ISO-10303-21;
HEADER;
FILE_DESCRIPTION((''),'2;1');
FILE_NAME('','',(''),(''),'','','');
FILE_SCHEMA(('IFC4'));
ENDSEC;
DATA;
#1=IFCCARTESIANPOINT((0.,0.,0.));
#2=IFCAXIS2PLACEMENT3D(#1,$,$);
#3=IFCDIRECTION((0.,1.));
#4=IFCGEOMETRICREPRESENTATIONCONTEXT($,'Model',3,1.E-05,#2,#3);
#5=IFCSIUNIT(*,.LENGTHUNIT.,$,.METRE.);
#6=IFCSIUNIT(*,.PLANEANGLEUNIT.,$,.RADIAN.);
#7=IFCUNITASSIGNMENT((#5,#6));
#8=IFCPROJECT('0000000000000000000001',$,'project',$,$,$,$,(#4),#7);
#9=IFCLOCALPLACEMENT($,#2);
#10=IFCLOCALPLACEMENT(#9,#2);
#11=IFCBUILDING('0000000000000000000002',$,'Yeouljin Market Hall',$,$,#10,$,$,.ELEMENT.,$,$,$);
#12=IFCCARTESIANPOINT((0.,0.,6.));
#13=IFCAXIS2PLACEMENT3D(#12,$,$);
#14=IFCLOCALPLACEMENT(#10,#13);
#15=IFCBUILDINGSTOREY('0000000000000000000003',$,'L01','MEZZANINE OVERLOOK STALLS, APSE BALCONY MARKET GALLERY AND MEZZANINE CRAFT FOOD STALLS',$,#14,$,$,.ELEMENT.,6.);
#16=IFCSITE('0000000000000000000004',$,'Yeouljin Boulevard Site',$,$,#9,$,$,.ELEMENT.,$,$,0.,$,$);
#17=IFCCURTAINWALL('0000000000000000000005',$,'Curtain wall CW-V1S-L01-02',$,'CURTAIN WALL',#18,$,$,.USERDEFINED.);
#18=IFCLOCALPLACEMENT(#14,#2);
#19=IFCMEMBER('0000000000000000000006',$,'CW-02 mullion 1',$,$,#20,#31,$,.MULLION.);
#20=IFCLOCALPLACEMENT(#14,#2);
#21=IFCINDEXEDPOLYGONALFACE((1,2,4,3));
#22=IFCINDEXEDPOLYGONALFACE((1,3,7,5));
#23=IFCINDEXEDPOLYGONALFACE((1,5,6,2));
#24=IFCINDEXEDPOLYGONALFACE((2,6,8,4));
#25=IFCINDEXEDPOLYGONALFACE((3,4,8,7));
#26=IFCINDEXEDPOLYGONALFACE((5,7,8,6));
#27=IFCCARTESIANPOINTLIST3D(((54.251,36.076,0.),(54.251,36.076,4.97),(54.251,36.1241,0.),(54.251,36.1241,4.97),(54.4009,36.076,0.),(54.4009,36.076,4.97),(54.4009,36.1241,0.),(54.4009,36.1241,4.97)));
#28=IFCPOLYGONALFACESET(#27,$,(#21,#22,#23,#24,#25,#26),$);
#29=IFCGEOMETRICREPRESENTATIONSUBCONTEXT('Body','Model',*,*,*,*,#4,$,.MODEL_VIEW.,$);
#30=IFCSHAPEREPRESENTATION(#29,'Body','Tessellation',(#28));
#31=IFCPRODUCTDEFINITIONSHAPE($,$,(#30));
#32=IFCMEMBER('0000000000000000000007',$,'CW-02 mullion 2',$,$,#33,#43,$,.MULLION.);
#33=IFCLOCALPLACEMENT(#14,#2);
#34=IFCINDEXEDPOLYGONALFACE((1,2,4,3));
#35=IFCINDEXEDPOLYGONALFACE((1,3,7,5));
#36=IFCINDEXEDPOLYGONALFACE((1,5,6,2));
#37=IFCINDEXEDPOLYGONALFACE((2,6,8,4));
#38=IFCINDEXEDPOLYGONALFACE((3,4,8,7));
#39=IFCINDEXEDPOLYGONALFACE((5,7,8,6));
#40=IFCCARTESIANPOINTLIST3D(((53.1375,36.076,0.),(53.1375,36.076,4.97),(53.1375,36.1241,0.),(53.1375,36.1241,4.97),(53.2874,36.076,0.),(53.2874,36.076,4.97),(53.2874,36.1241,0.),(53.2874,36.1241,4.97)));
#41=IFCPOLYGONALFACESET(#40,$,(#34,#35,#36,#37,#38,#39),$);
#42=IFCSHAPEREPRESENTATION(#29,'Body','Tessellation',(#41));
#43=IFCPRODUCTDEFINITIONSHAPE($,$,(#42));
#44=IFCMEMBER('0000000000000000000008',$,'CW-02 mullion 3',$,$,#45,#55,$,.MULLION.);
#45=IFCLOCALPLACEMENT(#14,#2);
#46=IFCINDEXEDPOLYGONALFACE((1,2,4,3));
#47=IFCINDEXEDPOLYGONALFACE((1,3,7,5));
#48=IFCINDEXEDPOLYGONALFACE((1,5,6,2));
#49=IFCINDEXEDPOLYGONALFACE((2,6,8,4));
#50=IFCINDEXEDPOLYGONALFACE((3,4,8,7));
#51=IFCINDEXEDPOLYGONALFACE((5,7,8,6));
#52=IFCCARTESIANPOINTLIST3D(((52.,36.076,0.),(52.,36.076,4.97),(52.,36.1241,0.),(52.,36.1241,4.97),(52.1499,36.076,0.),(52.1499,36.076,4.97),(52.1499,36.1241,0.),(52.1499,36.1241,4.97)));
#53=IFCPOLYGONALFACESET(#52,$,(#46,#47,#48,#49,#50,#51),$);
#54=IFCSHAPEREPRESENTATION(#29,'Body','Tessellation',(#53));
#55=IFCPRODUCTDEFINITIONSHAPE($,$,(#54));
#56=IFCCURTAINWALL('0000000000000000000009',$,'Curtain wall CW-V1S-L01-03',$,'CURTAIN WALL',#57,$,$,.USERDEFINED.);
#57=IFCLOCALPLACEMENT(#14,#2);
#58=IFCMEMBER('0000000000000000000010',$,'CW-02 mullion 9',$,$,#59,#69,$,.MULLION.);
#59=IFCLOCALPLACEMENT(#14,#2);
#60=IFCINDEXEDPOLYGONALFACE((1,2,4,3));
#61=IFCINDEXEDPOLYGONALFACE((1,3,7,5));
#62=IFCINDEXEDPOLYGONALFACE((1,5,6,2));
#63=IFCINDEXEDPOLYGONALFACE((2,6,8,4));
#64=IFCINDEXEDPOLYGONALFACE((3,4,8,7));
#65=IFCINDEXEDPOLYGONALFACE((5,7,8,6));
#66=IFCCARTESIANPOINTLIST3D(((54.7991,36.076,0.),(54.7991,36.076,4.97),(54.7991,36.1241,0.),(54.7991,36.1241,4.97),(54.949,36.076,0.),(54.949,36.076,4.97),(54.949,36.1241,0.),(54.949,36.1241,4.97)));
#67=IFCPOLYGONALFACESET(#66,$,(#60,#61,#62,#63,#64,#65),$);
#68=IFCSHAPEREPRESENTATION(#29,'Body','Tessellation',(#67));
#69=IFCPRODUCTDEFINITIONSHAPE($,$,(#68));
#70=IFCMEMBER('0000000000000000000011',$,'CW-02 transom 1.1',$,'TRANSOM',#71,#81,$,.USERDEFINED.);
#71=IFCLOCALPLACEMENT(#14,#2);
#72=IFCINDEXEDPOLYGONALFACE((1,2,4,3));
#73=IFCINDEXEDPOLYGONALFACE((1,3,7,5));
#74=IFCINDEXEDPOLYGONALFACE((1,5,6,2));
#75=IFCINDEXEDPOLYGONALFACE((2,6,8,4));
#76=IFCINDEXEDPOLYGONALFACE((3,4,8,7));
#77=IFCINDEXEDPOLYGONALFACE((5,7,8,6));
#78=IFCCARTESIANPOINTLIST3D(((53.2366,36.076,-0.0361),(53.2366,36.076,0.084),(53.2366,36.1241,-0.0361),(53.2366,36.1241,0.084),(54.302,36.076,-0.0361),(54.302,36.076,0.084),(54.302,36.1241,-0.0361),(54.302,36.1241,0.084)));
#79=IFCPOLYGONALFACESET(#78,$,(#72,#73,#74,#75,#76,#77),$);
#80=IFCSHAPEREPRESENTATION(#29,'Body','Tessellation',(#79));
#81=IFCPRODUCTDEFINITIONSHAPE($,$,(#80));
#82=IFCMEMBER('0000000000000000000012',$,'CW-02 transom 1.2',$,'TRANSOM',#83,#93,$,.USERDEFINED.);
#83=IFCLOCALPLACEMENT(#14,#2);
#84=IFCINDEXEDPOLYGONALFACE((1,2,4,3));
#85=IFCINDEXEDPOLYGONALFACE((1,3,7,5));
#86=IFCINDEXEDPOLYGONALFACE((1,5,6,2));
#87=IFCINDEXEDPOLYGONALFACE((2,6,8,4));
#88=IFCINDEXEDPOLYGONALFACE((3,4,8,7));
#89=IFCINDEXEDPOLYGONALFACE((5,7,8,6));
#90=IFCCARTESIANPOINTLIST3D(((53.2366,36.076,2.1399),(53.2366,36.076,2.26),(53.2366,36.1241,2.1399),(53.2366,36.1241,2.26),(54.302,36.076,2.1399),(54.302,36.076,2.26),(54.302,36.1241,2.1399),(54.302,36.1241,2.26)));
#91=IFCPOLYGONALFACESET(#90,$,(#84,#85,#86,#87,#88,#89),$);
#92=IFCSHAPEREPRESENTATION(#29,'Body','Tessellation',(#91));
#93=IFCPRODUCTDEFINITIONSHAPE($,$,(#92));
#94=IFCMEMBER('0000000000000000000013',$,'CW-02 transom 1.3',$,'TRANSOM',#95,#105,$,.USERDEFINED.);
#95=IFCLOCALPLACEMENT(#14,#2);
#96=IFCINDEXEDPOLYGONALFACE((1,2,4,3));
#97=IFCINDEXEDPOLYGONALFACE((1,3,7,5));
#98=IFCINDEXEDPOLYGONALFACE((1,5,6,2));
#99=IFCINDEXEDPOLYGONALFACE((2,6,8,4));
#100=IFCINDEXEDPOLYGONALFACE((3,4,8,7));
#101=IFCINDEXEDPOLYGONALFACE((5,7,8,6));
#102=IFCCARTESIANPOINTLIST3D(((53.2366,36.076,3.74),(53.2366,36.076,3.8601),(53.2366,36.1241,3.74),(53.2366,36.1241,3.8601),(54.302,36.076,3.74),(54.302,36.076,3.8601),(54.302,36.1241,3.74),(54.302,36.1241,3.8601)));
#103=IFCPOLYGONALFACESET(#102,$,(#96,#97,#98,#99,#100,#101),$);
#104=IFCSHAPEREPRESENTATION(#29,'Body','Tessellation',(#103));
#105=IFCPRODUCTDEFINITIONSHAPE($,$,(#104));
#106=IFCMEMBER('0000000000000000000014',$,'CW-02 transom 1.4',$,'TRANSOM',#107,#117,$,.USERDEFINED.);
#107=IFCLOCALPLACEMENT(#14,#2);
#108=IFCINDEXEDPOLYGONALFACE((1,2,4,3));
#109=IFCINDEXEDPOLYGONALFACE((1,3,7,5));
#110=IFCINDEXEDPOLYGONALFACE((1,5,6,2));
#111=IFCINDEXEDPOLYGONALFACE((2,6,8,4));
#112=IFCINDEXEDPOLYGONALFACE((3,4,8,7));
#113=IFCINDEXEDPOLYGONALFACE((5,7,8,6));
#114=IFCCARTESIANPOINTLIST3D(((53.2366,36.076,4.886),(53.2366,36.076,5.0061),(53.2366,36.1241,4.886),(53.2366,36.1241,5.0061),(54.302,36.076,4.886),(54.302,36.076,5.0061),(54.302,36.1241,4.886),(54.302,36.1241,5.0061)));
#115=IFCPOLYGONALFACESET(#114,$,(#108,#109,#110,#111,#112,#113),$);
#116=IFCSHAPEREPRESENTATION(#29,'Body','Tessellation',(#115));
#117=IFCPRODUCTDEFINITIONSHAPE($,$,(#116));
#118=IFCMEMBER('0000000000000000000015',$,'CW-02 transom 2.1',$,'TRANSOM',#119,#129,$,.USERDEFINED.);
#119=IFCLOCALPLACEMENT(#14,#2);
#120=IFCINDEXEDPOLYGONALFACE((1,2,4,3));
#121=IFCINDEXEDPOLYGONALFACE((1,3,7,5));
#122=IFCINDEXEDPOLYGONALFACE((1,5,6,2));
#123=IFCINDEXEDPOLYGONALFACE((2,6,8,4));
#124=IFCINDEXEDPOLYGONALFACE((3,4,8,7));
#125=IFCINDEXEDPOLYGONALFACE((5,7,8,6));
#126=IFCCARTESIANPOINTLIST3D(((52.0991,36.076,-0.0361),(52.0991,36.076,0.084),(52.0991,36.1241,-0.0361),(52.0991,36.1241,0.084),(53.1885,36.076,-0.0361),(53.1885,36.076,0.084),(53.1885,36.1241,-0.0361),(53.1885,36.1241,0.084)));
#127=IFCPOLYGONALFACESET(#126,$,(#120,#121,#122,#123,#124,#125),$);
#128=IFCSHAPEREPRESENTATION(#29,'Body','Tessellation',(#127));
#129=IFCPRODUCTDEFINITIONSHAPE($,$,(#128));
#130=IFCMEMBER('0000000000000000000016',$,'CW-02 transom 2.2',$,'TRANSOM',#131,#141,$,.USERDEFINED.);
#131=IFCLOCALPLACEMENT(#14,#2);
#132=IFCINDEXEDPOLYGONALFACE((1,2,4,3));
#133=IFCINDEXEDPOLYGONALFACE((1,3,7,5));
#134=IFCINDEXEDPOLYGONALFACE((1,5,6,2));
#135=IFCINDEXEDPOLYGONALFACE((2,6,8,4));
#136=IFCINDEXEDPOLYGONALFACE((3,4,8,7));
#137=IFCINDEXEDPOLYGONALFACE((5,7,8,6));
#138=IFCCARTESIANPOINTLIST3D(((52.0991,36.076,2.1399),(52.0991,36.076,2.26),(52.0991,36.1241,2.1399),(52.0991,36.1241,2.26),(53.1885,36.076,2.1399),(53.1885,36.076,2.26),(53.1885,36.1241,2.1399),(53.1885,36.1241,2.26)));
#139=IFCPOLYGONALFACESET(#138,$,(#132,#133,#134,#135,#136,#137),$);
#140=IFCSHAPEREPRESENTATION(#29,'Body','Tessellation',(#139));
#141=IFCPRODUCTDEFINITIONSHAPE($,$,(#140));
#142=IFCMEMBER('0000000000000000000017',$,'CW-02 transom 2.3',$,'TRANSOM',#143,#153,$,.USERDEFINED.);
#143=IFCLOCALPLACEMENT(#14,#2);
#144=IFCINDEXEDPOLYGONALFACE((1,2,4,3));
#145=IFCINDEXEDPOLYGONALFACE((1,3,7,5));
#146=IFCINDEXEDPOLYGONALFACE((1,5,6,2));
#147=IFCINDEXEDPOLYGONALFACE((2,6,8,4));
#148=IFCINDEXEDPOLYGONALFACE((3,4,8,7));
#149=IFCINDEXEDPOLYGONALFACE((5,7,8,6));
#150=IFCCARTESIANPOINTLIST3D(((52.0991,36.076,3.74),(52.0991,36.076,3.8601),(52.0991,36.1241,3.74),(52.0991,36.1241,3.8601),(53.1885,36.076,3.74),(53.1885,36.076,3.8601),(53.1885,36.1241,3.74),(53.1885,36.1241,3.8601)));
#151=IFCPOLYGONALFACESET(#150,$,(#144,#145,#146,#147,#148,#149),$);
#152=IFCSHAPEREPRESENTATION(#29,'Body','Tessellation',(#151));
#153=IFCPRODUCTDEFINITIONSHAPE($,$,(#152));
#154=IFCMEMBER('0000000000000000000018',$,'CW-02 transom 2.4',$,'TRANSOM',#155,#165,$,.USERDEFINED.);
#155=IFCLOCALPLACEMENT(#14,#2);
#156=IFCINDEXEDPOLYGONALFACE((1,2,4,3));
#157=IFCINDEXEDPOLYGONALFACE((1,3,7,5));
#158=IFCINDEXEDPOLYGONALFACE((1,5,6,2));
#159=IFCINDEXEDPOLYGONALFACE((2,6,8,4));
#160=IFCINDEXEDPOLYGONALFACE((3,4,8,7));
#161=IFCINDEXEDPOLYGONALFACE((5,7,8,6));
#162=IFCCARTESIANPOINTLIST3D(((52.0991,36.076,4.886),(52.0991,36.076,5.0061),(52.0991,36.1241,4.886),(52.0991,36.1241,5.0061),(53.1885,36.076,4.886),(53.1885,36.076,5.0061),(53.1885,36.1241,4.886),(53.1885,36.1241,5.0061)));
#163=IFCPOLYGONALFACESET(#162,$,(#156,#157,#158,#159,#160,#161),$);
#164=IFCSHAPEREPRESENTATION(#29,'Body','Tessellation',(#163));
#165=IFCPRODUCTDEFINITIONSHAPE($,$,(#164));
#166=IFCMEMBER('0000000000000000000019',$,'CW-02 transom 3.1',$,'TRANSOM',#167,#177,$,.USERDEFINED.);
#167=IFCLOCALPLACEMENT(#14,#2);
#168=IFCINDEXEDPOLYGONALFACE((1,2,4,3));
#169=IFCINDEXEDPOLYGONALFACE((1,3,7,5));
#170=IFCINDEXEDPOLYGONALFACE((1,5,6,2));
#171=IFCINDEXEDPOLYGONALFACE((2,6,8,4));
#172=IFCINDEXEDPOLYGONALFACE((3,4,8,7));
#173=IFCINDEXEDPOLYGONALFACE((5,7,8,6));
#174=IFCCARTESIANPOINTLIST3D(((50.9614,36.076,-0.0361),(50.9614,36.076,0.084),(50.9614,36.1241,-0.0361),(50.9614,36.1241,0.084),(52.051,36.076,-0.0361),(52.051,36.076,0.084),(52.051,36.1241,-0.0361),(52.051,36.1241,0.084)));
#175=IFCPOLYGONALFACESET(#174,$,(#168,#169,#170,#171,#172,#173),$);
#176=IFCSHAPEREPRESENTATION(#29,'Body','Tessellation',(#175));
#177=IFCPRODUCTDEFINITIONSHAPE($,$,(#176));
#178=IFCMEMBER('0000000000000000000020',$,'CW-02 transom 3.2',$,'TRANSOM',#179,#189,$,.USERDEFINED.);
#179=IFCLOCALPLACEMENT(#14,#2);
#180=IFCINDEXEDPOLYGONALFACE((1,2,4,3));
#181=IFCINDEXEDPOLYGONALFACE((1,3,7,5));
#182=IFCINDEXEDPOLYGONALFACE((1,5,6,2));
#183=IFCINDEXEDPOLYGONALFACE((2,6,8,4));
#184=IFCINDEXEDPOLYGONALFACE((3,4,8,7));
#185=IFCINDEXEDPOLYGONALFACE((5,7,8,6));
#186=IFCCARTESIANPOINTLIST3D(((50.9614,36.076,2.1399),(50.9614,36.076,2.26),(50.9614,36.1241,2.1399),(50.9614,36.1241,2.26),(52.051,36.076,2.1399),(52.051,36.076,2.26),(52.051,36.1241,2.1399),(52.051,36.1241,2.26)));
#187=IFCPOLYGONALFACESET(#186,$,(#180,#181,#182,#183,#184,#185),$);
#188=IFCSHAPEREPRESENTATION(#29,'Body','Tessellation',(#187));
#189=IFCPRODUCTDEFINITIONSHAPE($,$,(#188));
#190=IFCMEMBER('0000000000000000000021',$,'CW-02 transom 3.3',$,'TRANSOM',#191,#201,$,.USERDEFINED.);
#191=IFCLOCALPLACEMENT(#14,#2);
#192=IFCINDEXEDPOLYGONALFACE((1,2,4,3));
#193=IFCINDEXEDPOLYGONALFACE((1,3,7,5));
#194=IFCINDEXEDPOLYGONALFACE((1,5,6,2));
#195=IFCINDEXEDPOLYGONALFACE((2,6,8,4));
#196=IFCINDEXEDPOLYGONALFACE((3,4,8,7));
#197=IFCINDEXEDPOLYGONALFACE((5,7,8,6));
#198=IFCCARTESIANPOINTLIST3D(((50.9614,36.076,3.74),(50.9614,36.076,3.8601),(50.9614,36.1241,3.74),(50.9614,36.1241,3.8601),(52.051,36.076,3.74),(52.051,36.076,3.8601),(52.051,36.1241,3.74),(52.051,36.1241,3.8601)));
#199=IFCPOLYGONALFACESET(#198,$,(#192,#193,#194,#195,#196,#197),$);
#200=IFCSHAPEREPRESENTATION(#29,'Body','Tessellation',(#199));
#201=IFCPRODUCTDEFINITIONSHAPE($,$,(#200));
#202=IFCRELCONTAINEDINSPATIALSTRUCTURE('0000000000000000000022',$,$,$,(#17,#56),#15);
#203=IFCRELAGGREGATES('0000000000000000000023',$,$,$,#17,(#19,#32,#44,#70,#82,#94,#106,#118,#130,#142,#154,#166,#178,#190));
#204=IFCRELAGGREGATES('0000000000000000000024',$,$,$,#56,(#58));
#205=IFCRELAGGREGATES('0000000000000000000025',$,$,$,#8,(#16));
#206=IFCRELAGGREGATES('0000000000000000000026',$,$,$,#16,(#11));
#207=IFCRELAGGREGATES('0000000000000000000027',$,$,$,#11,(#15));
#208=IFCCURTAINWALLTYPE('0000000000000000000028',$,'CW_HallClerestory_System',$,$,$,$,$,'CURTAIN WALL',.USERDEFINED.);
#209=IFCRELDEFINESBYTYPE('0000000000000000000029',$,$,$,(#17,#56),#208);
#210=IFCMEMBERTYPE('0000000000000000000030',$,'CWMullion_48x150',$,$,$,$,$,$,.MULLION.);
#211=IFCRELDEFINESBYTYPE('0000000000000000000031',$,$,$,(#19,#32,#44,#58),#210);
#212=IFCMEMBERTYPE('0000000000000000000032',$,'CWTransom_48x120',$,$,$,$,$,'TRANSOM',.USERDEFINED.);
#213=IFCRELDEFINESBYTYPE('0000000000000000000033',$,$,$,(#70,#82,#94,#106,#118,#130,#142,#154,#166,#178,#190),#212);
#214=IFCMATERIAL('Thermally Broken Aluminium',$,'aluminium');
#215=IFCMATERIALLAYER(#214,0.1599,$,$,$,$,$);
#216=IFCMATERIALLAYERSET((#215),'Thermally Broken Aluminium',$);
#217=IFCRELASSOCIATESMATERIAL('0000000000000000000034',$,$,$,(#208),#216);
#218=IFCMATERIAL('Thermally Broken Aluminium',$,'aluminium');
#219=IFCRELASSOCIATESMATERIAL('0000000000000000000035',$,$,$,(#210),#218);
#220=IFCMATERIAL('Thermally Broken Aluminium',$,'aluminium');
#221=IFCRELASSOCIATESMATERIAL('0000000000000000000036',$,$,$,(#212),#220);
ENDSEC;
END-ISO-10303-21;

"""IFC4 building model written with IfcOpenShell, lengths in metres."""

from ifc_helpers import new_model, si_unit, direction, frame, origin, origin_2d, place, context, subcontext, project, spatial, rectangle, extrude, material, layer, layer_set, material_profile, profile_set, type_object, element, aggregate, save


model = new_model("IFC4")

# Units and contexts
model_context = context("Model", 3, precision=1e-05, world=origin(), true_north=direction((0.0, 1.0)))
body_context = subcontext(model_context, "Body", "Model", "MODEL_VIEW")
ifc_project = project(units=[si_unit("LENGTHUNIT", "METRE"), si_unit("PLANEANGLEUNIT", "RADIAN")], contexts=[model_context])

# Site, building, storey
site_placement = place(None, origin())
site = spatial("IfcSite", under=ifc_project, at=site_placement, Name="Yeouljin Boulevard Site", CompositionType="ELEMENT", RefElevation=0.0)
building_placement = place(site_placement, origin())
building = spatial("IfcBuilding", under=site, at=building_placement, Name="Yeouljin Market Hall", CompositionType="ELEMENT")
storey_placement = place(building_placement, frame((0.0, 0.0, 6.0)))
storey = spatial("IfcBuildingStorey", under=building, at=storey_placement, Name="L01", Description="MEZZANINE OVERLOOK STALLS, APSE BALCONY MARKET GALLERY AND MEZZANINE CRAFT FOOD STALLS", CompositionType="ELEMENT", Elevation=6.0)

# Curtain wall, members
ifc_material_1 = material(Name="Thermally Broken Aluminium", Category="aluminium")
ifc_layer_1 = layer(ifc_material_1, 0.1599)
ifc_layer_set_1 = layer_set([ifc_layer_1], Name="Thermally Broken Aluminium")
curtain_wall_type = type_object("IfcCurtainWallType", Name="CW_HallClerestory_System", ElementType="CURTAIN WALL", PredefinedType="USERDEFINED", material=ifc_layer_set_1)
curtain_wall_1_placement = place(storey_placement, origin())
curtain_wall_1 = element("IfcCurtainWall", 1, at=curtain_wall_1_placement, inside=storey, type_object=curtain_wall_type, Name="Curtain wall CW-V1S-L01-02", ObjectType="CURTAIN WALL", PredefinedType="USERDEFINED")
ifc_material_2 = material(Name="Thermally Broken Aluminium", Category="aluminium")
ifc_material_profile_1 = material_profile(ifc_material_2, rectangle(XDim=0.0481, YDim=0.1499, at=origin_2d()), Name="CW-MULL-48x150")
ifc_profile_set_1 = profile_set([ifc_material_profile_1], Name="Thermally Broken Aluminium")
member_type_1 = type_object("IfcMemberType", Name="CWMullion_48x150", PredefinedType="MULLION", material=ifc_profile_set_1)
member_1_placement = place(storey_placement, frame((54.3259, 36.1001, 0.0), z_axis=(0.0, 0.0, 1.0), x_axis=(0.0, -1.0, 0.0)))
member_1 = element("IfcMember", 2, at=member_1_placement, type_object=member_type_1, Name="CW-02 mullion 1", PredefinedType="MULLION", context=body_context, shape_type="SweptSolid", body=[
    extrude(rectangle(XDim=0.0481, YDim=0.1499, at=origin_2d()), origin(), (0.0, 0.0, 1.0), 4.97),
])
member_2_placement = place(storey_placement, frame((53.2124, 36.1001, 0.0), z_axis=(0.0, 0.0, 1.0), x_axis=(0.0, -1.0, 0.0)))
member_2 = element("IfcMember", 3, at=member_2_placement, type_object=member_type_1, Name="CW-02 mullion 2", PredefinedType="MULLION", context=body_context, shape_type="SweptSolid", body=[
    extrude(rectangle(XDim=0.0481, YDim=0.1499, at=origin_2d()), origin(), (0.0, 0.0, 1.0), 4.97),
])
member_3_placement = place(storey_placement, frame((52.075, 36.1001, 0.0), z_axis=(0.0, 0.0, 1.0), x_axis=(0.0, -1.0, 0.0)))
member_3 = element("IfcMember", 4, at=member_3_placement, type_object=member_type_1, Name="CW-02 mullion 3", PredefinedType="MULLION", context=body_context, shape_type="SweptSolid", body=[
    extrude(rectangle(XDim=0.0481, YDim=0.1499, at=origin_2d()), origin(), (0.0, 0.0, 1.0), 4.97),
])

# Curtain wall, member
curtain_wall_2_placement = place(storey_placement, origin())
curtain_wall_2 = element("IfcCurtainWall", 5, at=curtain_wall_2_placement, inside=storey, type_object=curtain_wall_type, Name="Curtain wall CW-V1S-L01-03", ObjectType="CURTAIN WALL", PredefinedType="USERDEFINED")
member_4_placement = place(storey_placement, frame((54.874, 36.1001, 0.0), z_axis=(0.0, 0.0, 1.0), x_axis=(0.0, -1.0, 0.0)))
member_4 = element("IfcMember", 6, at=member_4_placement, type_object=member_type_1, Name="CW-02 mullion 9", PredefinedType="MULLION", context=body_context, shape_type="SweptSolid", body=[
    extrude(rectangle(XDim=0.0481, YDim=0.1499, at=origin_2d()), origin(), (0.0, 0.0, 1.0), 4.97),
])

# Members
ifc_material_3 = material(Name="Thermally Broken Aluminium", Category="aluminium")
ifc_material_profile_2 = material_profile(ifc_material_3, rectangle(XDim=0.0481, YDim=0.1201, at=origin_2d()), Name="CW-TRAN-48x120")
ifc_profile_set_2 = profile_set([ifc_material_profile_2], Name="Thermally Broken Aluminium")
member_type_2 = type_object("IfcMemberType", Name="CWTransom_48x120", ElementType="TRANSOM", PredefinedType="USERDEFINED", material=ifc_profile_set_2)
member_5_placement = place(storey_placement, frame((54.302, 36.1001, 0.0239), z_axis=(-1.0, 0.0, 0.0), x_axis=(0.0, -1.0, 0.0)))
member_5 = element("IfcMember", 7, at=member_5_placement, type_object=member_type_2, Name="CW-02 transom 1.1", ObjectType="TRANSOM", PredefinedType="USERDEFINED", context=body_context, shape_type="SweptSolid", body=[
    extrude(rectangle(XDim=0.0481, YDim=0.1201, at=origin_2d()), origin(), (0.0, 0.0, 1.0), 1.0654),
])
member_6_placement = place(storey_placement, frame((54.302, 36.1001, 2.2), z_axis=(-1.0, 0.0, 0.0), x_axis=(0.0, -1.0, 0.0)))
member_6 = element("IfcMember", 8, at=member_6_placement, type_object=member_type_2, Name="CW-02 transom 1.2", ObjectType="TRANSOM", PredefinedType="USERDEFINED", context=body_context, shape_type="SweptSolid", body=[
    extrude(rectangle(XDim=0.0481, YDim=0.1201, at=origin_2d()), origin(), (0.0, 0.0, 1.0), 1.0654),
])
member_7_placement = place(storey_placement, frame((54.302, 36.1001, 3.8), z_axis=(-1.0, 0.0, 0.0), x_axis=(0.0, -1.0, 0.0)))
member_7 = element("IfcMember", 9, at=member_7_placement, type_object=member_type_2, Name="CW-02 transom 1.3", ObjectType="TRANSOM", PredefinedType="USERDEFINED", context=body_context, shape_type="SweptSolid", body=[
    extrude(rectangle(XDim=0.0481, YDim=0.1201, at=origin_2d()), origin(), (0.0, 0.0, 1.0), 1.0654),
])
member_8_placement = place(storey_placement, frame((54.302, 36.1001, 4.946), z_axis=(-1.0, 0.0, 0.0), x_axis=(0.0, -1.0, 0.0)))
member_8 = element("IfcMember", 10, at=member_8_placement, type_object=member_type_2, Name="CW-02 transom 1.4", ObjectType="TRANSOM", PredefinedType="USERDEFINED", context=body_context, shape_type="SweptSolid", body=[
    extrude(rectangle(XDim=0.0481, YDim=0.1201, at=origin_2d()), origin(), (0.0, 0.0, 1.0), 1.0654),
])
member_9_placement = place(storey_placement, frame((53.1885, 36.1001, 0.0239), z_axis=(-1.0, 0.0, 0.0), x_axis=(0.0, -1.0, 0.0)))
member_9 = element("IfcMember", 11, at=member_9_placement, type_object=member_type_2, Name="CW-02 transom 2.1", ObjectType="TRANSOM", PredefinedType="USERDEFINED", context=body_context, shape_type="SweptSolid", body=[
    extrude(rectangle(XDim=0.0481, YDim=0.1201, at=origin_2d()), origin(), (0.0, 0.0, 1.0), 1.0894),
])
member_10_placement = place(storey_placement, frame((53.1885, 36.1001, 2.2), z_axis=(-1.0, 0.0, 0.0), x_axis=(0.0, -1.0, 0.0)))
member_10 = element("IfcMember", 12, at=member_10_placement, type_object=member_type_2, Name="CW-02 transom 2.2", ObjectType="TRANSOM", PredefinedType="USERDEFINED", context=body_context, shape_type="SweptSolid", body=[
    extrude(rectangle(XDim=0.0481, YDim=0.1201, at=origin_2d()), origin(), (0.0, 0.0, 1.0), 1.0894),
])
member_11_placement = place(storey_placement, frame((53.1885, 36.1001, 3.8), z_axis=(-1.0, 0.0, 0.0), x_axis=(0.0, -1.0, 0.0)))
member_11 = element("IfcMember", 13, at=member_11_placement, type_object=member_type_2, Name="CW-02 transom 2.3", ObjectType="TRANSOM", PredefinedType="USERDEFINED", context=body_context, shape_type="SweptSolid", body=[
    extrude(rectangle(XDim=0.0481, YDim=0.1201, at=origin_2d()), origin(), (0.0, 0.0, 1.0), 1.0894),
])
member_12_placement = place(storey_placement, frame((53.1885, 36.1001, 4.946), z_axis=(-1.0, 0.0, 0.0), x_axis=(0.0, -1.0, 0.0)))
member_12 = element("IfcMember", 14, at=member_12_placement, type_object=member_type_2, Name="CW-02 transom 2.4", ObjectType="TRANSOM", PredefinedType="USERDEFINED", context=body_context, shape_type="SweptSolid", body=[
    extrude(rectangle(XDim=0.0481, YDim=0.1201, at=origin_2d()), origin(), (0.0, 0.0, 1.0), 1.0894),
])
member_13_placement = place(storey_placement, frame((52.051, 36.1001, 0.0239), z_axis=(-1.0, 0.0, 0.0), x_axis=(0.0, -1.0, 0.0)))
member_13 = element("IfcMember", 15, at=member_13_placement, type_object=member_type_2, Name="CW-02 transom 3.1", ObjectType="TRANSOM", PredefinedType="USERDEFINED", context=body_context, shape_type="SweptSolid", body=[
    extrude(rectangle(XDim=0.0481, YDim=0.1201, at=origin_2d()), origin(), (0.0, 0.0, 1.0), 1.0896),
])
member_14_placement = place(storey_placement, frame((52.051, 36.1001, 2.2), z_axis=(-1.0, 0.0, 0.0), x_axis=(0.0, -1.0, 0.0)))
member_14 = element("IfcMember", 16, at=member_14_placement, type_object=member_type_2, Name="CW-02 transom 3.2", ObjectType="TRANSOM", PredefinedType="USERDEFINED", context=body_context, shape_type="SweptSolid", body=[
    extrude(rectangle(XDim=0.0481, YDim=0.1201, at=origin_2d()), origin(), (0.0, 0.0, 1.0), 1.0896),
])
member_15_placement = place(storey_placement, frame((52.051, 36.1001, 3.8), z_axis=(-1.0, 0.0, 0.0), x_axis=(0.0, -1.0, 0.0)))
member_15 = element("IfcMember", 17, at=member_15_placement, type_object=member_type_2, Name="CW-02 transom 3.3", ObjectType="TRANSOM", PredefinedType="USERDEFINED", context=body_context, shape_type="SweptSolid", body=[
    extrude(rectangle(XDim=0.0481, YDim=0.1201, at=origin_2d()), origin(), (0.0, 0.0, 1.0), 1.0896),
])

aggregate(curtain_wall_1, [member_1, member_2, member_3, member_5, member_6, member_7, member_8, member_9, member_10, member_11, member_12, member_13, member_14, member_15])
aggregate(curtain_wall_2, [member_4])

save(model, "model.ifc")
